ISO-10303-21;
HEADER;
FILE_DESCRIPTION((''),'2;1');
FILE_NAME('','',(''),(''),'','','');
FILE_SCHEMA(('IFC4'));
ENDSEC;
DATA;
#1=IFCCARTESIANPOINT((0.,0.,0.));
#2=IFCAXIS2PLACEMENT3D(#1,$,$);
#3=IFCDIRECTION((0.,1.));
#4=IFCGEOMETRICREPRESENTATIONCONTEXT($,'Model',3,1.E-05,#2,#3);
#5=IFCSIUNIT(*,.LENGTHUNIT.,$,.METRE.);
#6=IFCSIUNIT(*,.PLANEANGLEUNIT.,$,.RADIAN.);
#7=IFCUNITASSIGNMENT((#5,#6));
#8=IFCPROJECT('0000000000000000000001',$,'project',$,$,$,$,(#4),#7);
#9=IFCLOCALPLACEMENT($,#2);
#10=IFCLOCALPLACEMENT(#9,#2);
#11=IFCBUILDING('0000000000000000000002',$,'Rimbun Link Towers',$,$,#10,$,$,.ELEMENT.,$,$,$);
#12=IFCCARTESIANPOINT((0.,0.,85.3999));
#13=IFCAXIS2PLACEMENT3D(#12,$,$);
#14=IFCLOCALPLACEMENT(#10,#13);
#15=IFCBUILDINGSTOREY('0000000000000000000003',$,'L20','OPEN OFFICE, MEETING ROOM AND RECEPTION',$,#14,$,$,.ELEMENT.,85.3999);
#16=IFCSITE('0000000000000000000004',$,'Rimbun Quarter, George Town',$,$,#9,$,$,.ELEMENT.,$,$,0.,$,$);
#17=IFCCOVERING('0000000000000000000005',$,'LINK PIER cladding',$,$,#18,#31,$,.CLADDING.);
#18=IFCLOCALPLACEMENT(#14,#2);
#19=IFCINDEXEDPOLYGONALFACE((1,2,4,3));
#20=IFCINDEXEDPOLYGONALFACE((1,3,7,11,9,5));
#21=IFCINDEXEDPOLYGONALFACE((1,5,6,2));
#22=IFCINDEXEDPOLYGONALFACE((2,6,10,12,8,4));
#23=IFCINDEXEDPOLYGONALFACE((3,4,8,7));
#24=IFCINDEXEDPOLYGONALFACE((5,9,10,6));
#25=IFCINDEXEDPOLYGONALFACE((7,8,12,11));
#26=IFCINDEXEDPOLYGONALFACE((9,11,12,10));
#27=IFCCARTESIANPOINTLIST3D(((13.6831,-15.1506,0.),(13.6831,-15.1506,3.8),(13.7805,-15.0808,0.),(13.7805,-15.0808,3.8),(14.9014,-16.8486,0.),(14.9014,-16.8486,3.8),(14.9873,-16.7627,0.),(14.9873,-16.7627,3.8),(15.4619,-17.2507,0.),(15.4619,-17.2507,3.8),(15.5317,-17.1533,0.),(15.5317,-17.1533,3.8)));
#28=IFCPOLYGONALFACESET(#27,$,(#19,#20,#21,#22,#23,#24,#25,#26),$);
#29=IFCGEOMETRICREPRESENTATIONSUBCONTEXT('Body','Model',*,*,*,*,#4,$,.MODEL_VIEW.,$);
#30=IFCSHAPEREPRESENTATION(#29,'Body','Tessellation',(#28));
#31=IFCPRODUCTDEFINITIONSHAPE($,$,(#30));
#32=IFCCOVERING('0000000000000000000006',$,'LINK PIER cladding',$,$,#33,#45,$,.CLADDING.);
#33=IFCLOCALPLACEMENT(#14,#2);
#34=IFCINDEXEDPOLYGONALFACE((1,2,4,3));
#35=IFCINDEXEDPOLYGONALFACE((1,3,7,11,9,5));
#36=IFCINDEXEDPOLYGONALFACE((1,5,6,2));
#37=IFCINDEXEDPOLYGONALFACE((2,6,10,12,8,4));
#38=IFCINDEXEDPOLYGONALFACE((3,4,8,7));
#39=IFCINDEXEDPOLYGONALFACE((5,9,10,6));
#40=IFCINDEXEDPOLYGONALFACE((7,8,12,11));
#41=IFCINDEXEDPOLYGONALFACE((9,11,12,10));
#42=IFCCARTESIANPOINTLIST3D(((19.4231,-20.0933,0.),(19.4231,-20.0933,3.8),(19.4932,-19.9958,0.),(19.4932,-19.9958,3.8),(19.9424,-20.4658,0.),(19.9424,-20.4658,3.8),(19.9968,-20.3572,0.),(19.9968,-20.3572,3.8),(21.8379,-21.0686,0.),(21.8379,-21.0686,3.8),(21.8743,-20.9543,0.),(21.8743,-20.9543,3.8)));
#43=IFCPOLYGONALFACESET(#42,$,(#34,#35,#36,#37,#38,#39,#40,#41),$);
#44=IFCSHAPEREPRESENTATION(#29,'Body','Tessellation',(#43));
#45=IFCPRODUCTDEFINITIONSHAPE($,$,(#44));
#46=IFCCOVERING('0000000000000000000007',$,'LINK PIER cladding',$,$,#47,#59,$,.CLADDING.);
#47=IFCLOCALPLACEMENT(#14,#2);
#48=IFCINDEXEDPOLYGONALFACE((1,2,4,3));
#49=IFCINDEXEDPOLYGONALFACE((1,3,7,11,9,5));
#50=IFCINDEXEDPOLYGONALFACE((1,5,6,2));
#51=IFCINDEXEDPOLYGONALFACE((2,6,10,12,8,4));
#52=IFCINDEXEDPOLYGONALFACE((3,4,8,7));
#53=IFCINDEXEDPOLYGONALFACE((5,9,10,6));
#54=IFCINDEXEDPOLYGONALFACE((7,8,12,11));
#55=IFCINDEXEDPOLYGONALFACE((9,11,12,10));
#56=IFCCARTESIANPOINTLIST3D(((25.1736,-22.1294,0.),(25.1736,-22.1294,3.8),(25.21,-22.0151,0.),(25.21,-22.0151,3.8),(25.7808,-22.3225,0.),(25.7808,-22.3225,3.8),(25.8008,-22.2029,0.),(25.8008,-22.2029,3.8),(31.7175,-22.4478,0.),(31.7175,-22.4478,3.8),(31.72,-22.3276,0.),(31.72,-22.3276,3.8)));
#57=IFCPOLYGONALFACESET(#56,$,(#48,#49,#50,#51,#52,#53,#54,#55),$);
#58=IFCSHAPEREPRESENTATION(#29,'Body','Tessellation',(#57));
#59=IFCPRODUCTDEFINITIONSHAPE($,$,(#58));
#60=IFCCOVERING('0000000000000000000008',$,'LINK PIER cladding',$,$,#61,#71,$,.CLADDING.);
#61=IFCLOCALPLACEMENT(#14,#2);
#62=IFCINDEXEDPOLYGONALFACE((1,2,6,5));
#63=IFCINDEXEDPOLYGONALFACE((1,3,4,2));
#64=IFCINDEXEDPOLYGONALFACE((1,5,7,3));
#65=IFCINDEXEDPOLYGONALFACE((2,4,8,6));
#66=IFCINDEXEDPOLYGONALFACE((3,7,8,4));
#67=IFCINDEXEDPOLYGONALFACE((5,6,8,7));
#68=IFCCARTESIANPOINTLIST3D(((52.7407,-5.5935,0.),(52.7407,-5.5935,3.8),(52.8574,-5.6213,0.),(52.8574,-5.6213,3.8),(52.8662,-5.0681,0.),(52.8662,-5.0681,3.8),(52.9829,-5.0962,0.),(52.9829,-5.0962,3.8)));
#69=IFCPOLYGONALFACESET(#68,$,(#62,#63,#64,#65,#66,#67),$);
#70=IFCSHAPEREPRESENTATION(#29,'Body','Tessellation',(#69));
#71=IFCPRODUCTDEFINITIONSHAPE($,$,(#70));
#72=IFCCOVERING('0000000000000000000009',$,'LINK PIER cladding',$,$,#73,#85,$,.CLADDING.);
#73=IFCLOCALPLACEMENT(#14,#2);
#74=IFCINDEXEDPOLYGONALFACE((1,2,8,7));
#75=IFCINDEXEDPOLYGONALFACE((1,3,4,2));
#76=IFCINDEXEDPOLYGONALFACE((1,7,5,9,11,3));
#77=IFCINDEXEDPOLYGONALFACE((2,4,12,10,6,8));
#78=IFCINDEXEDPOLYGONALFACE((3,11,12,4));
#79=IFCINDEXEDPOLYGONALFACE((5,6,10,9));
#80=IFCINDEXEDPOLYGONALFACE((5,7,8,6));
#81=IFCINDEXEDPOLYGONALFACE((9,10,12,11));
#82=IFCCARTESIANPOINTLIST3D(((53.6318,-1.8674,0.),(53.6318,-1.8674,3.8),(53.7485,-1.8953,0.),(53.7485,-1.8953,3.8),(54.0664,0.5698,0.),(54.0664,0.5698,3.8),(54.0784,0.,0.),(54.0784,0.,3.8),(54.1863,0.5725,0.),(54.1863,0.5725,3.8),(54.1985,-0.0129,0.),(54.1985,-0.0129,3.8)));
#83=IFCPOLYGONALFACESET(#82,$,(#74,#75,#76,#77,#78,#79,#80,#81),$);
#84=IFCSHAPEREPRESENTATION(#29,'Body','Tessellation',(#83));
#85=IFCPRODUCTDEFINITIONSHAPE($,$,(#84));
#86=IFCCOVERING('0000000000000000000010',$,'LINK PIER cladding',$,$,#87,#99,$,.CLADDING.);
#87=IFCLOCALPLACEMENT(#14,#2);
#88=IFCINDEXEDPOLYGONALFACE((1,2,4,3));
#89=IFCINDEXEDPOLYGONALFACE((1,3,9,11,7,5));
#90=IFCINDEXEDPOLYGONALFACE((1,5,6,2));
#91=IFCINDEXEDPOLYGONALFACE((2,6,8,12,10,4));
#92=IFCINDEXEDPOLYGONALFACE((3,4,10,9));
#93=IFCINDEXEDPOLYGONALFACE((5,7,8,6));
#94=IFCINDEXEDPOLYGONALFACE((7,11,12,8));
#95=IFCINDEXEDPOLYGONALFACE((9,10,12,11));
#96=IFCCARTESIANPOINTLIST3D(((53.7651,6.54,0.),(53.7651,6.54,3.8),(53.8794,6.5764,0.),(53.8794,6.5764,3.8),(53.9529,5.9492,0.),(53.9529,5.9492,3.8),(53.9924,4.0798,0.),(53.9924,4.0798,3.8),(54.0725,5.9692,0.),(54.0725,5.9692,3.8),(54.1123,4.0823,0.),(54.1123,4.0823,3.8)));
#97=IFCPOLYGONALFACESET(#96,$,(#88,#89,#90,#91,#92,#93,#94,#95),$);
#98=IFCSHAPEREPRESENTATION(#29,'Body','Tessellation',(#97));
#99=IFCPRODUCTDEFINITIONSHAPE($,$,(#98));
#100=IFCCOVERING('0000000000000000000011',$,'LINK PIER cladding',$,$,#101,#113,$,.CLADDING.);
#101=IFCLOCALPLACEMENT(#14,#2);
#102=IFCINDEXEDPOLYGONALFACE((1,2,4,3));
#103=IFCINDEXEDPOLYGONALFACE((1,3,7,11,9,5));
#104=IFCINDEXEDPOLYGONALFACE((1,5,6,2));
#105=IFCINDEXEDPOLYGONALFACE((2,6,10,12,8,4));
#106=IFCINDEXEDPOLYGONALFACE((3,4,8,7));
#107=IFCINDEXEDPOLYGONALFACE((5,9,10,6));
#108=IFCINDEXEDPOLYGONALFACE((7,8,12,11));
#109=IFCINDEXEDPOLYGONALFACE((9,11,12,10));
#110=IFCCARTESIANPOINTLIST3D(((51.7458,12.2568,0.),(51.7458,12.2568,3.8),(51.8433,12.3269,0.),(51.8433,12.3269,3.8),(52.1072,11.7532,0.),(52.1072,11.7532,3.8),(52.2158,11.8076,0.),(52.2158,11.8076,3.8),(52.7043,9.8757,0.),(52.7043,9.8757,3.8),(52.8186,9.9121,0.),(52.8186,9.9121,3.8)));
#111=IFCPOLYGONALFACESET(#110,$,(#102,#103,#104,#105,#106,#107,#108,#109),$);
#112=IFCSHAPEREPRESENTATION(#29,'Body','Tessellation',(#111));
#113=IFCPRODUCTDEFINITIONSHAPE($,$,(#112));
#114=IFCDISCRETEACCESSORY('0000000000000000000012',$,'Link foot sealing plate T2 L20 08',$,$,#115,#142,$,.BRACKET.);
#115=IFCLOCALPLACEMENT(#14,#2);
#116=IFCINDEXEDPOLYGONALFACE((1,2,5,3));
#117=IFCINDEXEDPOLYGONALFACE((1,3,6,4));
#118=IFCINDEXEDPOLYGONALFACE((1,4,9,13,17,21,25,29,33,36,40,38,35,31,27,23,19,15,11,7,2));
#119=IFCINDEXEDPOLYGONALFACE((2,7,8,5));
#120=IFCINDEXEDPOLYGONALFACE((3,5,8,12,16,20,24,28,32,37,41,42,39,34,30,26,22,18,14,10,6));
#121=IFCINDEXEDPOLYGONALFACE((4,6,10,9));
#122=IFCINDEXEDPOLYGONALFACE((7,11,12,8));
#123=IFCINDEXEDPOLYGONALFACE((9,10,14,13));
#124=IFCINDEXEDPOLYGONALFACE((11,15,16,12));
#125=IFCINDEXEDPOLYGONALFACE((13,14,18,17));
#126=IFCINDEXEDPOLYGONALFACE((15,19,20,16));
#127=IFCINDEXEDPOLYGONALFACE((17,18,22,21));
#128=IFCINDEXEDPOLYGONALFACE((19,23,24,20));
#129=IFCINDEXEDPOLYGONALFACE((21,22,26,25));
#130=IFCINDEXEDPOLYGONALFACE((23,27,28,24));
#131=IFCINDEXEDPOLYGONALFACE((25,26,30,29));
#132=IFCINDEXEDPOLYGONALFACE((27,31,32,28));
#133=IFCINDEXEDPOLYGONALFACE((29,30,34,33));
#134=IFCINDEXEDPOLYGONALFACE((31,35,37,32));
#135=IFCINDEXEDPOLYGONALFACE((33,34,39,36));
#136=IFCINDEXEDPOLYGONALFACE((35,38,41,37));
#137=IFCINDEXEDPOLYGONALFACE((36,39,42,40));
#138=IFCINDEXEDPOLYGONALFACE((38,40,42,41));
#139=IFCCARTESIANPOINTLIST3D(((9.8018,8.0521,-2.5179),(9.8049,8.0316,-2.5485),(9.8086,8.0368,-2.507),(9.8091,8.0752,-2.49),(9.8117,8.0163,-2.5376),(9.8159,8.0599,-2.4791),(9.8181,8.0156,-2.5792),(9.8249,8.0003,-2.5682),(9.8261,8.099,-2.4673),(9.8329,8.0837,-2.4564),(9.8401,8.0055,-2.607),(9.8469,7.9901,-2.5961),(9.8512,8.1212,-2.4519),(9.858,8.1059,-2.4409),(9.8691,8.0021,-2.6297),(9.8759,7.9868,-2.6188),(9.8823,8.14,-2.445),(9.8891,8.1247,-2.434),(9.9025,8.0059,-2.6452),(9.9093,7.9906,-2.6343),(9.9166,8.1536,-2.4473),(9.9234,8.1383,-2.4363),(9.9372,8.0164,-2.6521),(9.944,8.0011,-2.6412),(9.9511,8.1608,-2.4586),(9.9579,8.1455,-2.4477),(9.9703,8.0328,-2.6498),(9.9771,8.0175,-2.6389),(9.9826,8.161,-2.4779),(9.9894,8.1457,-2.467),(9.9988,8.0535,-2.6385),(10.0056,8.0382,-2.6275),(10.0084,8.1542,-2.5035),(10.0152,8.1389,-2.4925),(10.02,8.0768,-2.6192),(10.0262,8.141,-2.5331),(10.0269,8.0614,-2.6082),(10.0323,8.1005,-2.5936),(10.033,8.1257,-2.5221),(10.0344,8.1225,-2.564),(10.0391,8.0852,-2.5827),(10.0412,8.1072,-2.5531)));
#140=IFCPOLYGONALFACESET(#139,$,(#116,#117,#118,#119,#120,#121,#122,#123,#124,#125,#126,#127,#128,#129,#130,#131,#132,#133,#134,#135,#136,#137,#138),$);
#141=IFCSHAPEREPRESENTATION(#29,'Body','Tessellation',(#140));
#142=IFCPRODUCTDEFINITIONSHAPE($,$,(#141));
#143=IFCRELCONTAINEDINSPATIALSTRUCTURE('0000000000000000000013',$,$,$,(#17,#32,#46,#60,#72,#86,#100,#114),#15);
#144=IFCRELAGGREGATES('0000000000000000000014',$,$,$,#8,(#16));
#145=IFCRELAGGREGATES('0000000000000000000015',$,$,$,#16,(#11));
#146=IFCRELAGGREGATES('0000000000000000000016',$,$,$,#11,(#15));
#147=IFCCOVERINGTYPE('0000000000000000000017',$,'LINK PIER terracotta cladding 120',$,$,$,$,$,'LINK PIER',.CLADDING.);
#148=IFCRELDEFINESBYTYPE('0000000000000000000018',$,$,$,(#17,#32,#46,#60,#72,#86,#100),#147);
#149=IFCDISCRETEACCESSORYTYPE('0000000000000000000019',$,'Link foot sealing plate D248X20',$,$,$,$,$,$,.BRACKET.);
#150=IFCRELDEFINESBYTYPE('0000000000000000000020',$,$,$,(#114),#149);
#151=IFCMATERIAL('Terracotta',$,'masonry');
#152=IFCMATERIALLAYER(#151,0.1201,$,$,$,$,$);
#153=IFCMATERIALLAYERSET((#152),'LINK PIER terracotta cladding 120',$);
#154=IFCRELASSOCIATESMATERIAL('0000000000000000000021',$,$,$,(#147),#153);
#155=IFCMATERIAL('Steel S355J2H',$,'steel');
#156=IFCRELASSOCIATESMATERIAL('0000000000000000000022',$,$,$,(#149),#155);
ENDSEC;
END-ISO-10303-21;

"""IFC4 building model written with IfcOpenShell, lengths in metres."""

from ifc_helpers import new_model, si_unit, direction, frame, origin, origin_2d, place, context, subcontext, project, spatial, polyline, circle, outline, extrude, material, layer, layer_set, material_profile, profile_set, type_object, element, save


model = new_model("IFC4")

# Units and contexts
model_context = context("Model", 3, precision=1e-05, world=origin(), true_north=direction((0.0, 1.0)))
body_context = subcontext(model_context, "Body", "Model", "MODEL_VIEW")
ifc_project = project(units=[si_unit("LENGTHUNIT", "METRE"), si_unit("PLANEANGLEUNIT", "RADIAN")], contexts=[model_context])

# Site, building, storey
site_placement = place(None, origin())
site = spatial("IfcSite", under=ifc_project, at=site_placement, Name="Rimbun Quarter, George Town", CompositionType="ELEMENT", RefElevation=0.0)
building_placement = place(site_placement, origin())
building = spatial("IfcBuilding", under=site, at=building_placement, Name="Rimbun Link Towers", CompositionType="ELEMENT")
storey_placement = place(building_placement, frame((0.0, 0.0, 85.3999)))
storey = spatial("IfcBuildingStorey", under=building, at=storey_placement, Name="L20", Description="OPEN OFFICE, MEETING ROOM AND RECEPTION", CompositionType="ELEMENT", Elevation=85.3999)

# Coverings
ifc_material_1 = material(Name="Terracotta", Category="masonry")
ifc_layer_1 = layer(ifc_material_1, 0.1201)
ifc_layer_set_1 = layer_set([ifc_layer_1], Name="LINK PIER terracotta cladding 120")
covering_type_1 = type_object("IfcCoveringType", Name="LINK PIER terracotta cladding 120", ElementType="LINK PIER", PredefinedType="CLADDING", material=ifc_layer_set_1)
covering_1_placement = place(storey_placement, origin())
element("IfcCovering", 1, at=covering_1_placement, inside=storey, type_object=covering_type_1, Name="LINK PIER cladding", PredefinedType="CLADDING", context=body_context, shape_type="SweptSolid", body=[
    extrude(outline(polyline([(15.5317, -17.1533), (14.9873, -16.7627), (13.7805, -15.0808), (13.6831, -15.1506), (14.9014, -16.8486), (15.4619, -17.2507), (15.5317, -17.1533)])), origin(), (0.0, 0.0, 1.0), 3.8),
])
covering_2_placement = place(storey_placement, origin())
element("IfcCovering", 2, at=covering_2_placement, inside=storey, type_object=covering_type_1, Name="LINK PIER cladding", PredefinedType="CLADDING", context=body_context, shape_type="SweptSolid", body=[
    extrude(outline(polyline([(21.8743, -20.9543), (19.9968, -20.3572), (19.4932, -19.9958), (19.4231, -20.0933), (19.9424, -20.4658), (21.8379, -21.0686), (21.8743, -20.9543)])), origin(), (0.0, 0.0, 1.0), 3.8),
])
covering_3_placement = place(storey_placement, origin())
element("IfcCovering", 3, at=covering_3_placement, inside=storey, type_object=covering_type_1, Name="LINK PIER cladding", PredefinedType="CLADDING", context=body_context, shape_type="SweptSolid", body=[
    extrude(outline(polyline([(31.72, -22.3276), (25.8008, -22.2029), (25.21, -22.0151), (25.1736, -22.1294), (25.7808, -22.3225), (31.7175, -22.4478), (31.72, -22.3276)])), origin(), (0.0, 0.0, 1.0), 3.8),
])
covering_4_placement = place(storey_placement, origin())
element("IfcCovering", 4, at=covering_4_placement, inside=storey, type_object=covering_type_1, Name="LINK PIER cladding", PredefinedType="CLADDING", context=body_context, shape_type="SweptSolid", body=[
    extrude(outline(polyline([(52.8662, -5.0681), (52.7407, -5.5935), (52.8574, -5.6213), (52.9829, -5.0962), (52.8662, -5.0681)])), origin(), (0.0, 0.0, 1.0), 3.8),
])
covering_5_placement = place(storey_placement, origin())
element("IfcCovering", 5, at=covering_5_placement, inside=storey, type_object=covering_type_1, Name="LINK PIER cladding", PredefinedType="CLADDING", context=body_context, shape_type="SweptSolid", body=[
    extrude(outline(polyline([(54.0664, 0.5698), (54.0784, 0.0), (53.6318, -1.8674), (53.7485, -1.8953), (54.1985, -0.0129), (54.1863, 0.5725), (54.0664, 0.5698)])), origin(), (0.0, 0.0, 1.0), 3.8),
])
covering_6_placement = place(storey_placement, origin())
element("IfcCovering", 6, at=covering_6_placement, inside=storey, type_object=covering_type_1, Name="LINK PIER cladding", PredefinedType="CLADDING", context=body_context, shape_type="SweptSolid", body=[
    extrude(outline(polyline([(53.7651, 6.54), (53.9529, 5.9492), (53.9924, 4.0798), (54.1123, 4.0823), (54.0725, 5.9692), (53.8794, 6.5764), (53.7651, 6.54)])), origin(), (0.0, 0.0, 1.0), 3.8),
])
covering_7_placement = place(storey_placement, origin())
element("IfcCovering", 7, at=covering_7_placement, inside=storey, type_object=covering_type_1, Name="LINK PIER cladding", PredefinedType="CLADDING", context=body_context, shape_type="SweptSolid", body=[
    extrude(outline(polyline([(51.7458, 12.2568), (52.1072, 11.7532), (52.7043, 9.8757), (52.8186, 9.9121), (52.2158, 11.8076), (51.8433, 12.3269), (51.7458, 12.2568)])), origin(), (0.0, 0.0, 1.0), 3.8),
])

# Discrete accessory
ifc_material_2 = material(Name="Steel S355J2H", Category="steel")
ifc_material_profile_1 = material_profile(ifc_material_2, circle(Radius=0.124, at=origin_2d()), Name="PL D248")
ifc_profile_set_1 = profile_set([ifc_material_profile_1], Name="Steel S355J2H")
discrete_accessory_type = type_object("IfcDiscreteAccessoryType", Name="Link foot sealing plate D248X20", PredefinedType="BRACKET", material=ifc_profile_set_1)
discrete_accessory_placement = place(storey_placement, frame((9.925, 8.0667, -2.5376), z_axis=(-0.3401, 0.765226, -0.54659), x_axis=(-0.913812, -0.406138, 0.0)))
element("IfcDiscreteAccessory", 8, at=discrete_accessory_placement, inside=storey, type_object=discrete_accessory_type, Name="Link foot sealing plate T2 L20 08", PredefinedType="BRACKET", context=body_context, shape_type="SweptSolid", body=[
    extrude(circle(Radius=0.124, at=origin_2d()), origin(), (0.0, 0.0, 1.0), 0.02),
])

save(model, "model.ifc")
